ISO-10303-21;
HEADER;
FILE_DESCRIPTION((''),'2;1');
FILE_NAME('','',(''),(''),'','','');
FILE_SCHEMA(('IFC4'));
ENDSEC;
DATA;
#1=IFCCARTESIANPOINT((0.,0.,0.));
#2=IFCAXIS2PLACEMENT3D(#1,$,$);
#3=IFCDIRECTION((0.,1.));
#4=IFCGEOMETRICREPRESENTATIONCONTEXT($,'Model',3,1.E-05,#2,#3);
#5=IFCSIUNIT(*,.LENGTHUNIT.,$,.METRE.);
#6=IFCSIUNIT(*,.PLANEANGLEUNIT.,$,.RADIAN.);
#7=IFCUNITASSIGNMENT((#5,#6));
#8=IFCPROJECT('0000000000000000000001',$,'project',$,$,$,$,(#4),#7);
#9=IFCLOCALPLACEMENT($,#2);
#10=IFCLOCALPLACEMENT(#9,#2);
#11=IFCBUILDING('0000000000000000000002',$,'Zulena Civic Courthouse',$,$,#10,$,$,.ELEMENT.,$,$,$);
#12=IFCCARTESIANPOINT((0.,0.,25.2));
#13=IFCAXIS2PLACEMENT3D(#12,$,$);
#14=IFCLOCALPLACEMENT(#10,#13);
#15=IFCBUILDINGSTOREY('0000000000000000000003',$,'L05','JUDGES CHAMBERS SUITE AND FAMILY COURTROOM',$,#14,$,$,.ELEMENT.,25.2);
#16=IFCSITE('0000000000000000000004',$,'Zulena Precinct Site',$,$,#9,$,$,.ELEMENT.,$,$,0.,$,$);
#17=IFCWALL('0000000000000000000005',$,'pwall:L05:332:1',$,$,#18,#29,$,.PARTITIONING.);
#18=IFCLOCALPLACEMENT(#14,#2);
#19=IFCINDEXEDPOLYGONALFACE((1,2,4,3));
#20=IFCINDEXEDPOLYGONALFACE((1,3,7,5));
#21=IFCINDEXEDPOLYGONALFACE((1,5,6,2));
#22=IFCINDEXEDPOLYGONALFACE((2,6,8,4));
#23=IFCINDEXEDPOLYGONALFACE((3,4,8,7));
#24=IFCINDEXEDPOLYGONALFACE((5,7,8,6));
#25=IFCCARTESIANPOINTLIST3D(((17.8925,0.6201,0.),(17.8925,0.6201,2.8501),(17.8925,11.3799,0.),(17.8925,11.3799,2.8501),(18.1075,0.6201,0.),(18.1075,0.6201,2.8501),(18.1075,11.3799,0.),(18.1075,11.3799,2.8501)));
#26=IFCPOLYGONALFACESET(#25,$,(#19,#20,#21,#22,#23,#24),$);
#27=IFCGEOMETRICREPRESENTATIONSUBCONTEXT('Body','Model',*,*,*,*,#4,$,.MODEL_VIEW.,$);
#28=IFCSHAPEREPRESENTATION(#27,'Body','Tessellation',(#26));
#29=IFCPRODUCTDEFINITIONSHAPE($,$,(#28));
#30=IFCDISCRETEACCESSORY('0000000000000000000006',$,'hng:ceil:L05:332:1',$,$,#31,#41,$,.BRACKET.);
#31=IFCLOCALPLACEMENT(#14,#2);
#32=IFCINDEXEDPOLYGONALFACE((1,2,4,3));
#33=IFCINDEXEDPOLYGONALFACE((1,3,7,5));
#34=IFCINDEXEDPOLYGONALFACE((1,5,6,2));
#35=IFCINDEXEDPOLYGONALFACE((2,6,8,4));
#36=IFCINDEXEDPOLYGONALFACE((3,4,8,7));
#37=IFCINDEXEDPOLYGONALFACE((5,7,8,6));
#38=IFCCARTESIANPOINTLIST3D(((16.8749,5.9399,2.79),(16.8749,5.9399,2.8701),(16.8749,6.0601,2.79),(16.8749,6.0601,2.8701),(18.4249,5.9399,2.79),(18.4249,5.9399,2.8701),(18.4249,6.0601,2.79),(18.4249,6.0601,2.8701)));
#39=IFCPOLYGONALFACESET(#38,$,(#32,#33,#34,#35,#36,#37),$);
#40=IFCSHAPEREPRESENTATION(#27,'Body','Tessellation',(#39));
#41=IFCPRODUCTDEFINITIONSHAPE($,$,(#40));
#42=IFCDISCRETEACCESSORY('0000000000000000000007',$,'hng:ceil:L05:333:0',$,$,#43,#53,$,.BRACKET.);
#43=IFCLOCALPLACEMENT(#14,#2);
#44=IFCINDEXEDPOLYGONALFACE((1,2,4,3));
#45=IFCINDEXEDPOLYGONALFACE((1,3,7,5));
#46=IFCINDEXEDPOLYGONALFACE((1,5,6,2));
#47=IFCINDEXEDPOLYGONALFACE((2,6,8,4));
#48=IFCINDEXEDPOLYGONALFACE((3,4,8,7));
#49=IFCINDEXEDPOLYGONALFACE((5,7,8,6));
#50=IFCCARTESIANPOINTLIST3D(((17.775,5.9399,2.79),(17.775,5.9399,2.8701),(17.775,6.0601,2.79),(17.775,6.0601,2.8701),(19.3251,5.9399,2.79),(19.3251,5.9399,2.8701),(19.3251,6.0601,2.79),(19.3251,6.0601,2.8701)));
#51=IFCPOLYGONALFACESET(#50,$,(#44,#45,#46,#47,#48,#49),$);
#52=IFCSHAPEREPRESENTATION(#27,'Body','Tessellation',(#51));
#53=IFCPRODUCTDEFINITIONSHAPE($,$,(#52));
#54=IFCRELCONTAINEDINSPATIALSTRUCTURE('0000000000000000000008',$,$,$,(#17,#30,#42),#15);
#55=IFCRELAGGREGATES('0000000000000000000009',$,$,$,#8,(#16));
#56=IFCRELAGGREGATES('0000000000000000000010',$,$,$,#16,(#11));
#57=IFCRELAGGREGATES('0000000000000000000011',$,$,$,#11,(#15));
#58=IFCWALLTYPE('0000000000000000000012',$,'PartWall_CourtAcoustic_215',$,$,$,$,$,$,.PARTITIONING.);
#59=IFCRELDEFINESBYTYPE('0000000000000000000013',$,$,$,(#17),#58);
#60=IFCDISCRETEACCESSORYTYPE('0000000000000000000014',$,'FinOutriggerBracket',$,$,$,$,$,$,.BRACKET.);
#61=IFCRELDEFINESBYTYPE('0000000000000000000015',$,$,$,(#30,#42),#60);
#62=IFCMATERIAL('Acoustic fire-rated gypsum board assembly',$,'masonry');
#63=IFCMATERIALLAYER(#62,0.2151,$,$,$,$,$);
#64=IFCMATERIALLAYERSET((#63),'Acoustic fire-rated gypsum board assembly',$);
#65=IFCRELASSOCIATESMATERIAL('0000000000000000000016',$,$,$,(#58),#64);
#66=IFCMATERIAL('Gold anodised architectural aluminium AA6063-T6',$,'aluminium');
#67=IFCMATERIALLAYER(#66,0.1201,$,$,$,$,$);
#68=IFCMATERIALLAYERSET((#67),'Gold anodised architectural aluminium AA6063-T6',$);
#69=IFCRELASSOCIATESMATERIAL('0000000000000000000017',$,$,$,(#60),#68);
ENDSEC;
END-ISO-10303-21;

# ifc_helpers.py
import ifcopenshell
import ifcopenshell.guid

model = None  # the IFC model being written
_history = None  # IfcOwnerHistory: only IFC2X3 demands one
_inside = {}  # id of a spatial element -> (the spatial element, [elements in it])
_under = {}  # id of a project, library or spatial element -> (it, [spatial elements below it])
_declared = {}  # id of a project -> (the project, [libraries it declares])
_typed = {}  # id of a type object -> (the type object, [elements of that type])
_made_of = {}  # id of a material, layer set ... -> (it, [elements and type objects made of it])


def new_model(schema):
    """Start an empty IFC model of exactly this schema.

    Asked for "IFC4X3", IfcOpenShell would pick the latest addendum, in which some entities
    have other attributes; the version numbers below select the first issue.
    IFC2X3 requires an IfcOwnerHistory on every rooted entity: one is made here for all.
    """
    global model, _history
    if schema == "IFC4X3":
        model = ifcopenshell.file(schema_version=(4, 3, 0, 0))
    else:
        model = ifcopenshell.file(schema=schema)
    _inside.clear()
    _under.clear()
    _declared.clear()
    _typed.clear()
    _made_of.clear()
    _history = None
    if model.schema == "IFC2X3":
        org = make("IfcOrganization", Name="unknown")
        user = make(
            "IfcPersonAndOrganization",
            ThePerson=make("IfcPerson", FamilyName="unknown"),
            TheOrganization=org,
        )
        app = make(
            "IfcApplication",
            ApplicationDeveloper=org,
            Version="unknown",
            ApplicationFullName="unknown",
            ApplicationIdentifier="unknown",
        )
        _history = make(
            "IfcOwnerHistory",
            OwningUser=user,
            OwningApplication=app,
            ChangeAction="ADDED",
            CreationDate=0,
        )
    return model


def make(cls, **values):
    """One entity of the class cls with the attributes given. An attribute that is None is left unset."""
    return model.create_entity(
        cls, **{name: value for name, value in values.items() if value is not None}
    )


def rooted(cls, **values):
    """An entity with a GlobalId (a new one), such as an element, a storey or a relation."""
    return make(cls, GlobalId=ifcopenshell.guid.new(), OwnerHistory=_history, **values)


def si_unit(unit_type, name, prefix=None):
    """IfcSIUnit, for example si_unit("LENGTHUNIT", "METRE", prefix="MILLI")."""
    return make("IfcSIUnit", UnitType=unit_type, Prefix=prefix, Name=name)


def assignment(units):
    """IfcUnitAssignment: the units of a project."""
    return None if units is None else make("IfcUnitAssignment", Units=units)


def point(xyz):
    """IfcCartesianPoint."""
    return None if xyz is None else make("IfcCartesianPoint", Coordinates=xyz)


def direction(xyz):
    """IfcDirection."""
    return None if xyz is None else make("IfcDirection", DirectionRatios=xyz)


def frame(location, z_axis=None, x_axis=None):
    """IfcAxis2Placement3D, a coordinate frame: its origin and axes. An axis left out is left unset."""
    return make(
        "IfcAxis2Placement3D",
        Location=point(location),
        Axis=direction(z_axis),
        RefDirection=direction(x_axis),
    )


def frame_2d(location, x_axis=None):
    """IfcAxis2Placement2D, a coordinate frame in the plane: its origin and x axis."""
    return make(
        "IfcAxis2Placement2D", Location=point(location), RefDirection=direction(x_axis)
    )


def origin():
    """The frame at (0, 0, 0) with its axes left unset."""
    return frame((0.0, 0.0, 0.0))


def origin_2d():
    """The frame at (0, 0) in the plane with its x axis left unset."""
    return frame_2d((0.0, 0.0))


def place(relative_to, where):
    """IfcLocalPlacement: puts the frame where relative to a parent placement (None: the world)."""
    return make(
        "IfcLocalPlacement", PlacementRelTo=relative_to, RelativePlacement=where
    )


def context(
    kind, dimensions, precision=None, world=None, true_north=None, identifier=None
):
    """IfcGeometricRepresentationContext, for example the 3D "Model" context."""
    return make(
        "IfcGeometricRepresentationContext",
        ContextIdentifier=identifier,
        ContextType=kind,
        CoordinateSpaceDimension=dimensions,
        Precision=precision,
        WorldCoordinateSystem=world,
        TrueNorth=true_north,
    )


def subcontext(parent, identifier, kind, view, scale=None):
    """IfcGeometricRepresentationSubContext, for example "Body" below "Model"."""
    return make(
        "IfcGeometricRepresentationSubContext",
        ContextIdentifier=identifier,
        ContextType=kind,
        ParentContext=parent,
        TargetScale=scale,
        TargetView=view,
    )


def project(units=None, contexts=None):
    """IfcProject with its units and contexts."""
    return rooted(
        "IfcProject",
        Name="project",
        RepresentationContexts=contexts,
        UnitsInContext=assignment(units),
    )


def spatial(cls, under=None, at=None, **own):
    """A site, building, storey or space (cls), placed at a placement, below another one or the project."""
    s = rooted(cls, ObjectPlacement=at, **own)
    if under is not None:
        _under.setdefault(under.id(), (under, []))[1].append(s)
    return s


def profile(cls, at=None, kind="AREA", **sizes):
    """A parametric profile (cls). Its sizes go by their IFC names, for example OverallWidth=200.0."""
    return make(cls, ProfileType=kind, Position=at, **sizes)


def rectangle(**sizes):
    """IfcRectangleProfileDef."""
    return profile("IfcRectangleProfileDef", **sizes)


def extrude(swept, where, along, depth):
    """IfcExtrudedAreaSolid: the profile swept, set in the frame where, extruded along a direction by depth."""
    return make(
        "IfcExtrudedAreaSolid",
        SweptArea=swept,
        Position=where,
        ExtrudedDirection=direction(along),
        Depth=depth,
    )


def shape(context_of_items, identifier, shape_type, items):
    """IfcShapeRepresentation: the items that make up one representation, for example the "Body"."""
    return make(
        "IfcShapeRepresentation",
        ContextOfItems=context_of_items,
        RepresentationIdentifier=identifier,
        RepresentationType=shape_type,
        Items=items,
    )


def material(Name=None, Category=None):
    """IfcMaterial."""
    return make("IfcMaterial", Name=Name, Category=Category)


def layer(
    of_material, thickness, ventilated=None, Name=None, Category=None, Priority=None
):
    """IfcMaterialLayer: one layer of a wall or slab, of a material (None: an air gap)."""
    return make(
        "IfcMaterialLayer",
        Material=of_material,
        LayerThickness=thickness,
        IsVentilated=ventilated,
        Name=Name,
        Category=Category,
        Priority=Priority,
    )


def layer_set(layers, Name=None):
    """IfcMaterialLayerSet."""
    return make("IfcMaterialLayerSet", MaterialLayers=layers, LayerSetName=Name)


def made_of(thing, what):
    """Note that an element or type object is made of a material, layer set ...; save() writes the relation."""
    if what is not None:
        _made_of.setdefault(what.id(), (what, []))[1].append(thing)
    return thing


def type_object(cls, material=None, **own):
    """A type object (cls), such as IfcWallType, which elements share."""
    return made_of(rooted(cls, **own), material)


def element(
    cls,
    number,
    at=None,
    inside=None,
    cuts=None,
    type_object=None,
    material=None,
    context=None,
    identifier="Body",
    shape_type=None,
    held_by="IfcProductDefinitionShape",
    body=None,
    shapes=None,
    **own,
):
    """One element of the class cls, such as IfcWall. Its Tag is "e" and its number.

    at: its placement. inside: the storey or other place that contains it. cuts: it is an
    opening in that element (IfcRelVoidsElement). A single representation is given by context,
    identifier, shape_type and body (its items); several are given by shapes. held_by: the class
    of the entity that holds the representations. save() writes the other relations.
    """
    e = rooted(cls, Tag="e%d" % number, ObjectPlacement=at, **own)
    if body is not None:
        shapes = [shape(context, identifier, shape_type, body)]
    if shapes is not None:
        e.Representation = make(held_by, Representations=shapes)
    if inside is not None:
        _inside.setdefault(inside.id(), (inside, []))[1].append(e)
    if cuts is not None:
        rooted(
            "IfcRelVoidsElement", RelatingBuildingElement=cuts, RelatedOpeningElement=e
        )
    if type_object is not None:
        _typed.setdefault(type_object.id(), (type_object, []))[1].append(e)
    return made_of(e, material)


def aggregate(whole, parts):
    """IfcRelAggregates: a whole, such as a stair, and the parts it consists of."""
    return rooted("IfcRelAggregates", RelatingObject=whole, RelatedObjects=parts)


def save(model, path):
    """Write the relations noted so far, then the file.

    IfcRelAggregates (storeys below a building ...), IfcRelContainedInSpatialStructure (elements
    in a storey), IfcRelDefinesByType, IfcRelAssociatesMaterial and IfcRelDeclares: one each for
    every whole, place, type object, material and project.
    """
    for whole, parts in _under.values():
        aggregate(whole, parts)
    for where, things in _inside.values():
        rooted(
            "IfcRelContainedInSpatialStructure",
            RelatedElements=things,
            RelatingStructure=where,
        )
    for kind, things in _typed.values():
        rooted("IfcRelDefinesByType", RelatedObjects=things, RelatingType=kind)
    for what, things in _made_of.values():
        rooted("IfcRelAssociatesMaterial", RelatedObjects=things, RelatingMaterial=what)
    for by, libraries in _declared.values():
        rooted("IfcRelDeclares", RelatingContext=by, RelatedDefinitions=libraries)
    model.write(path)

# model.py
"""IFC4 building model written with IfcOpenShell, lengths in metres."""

from ifc_helpers import new_model, si_unit, direction, frame, frame_2d, origin, origin_2d, place, context, subcontext, project, spatial, rectangle, extrude, material, layer, layer_set, type_object, element, save


model = new_model("IFC4")

# Units and contexts
model_context = context("Model", 3, precision=1e-05, world=origin(), true_north=direction((0.0, 1.0)))
body_context = subcontext(model_context, "Body", "Model", "MODEL_VIEW")
ifc_project = project(units=[si_unit("LENGTHUNIT", "METRE"), si_unit("PLANEANGLEUNIT", "RADIAN")], contexts=[model_context])

# Site, building, storey
site_placement = place(None, origin())
site = spatial("IfcSite", under=ifc_project, at=site_placement, Name="Zulena Precinct Site", CompositionType="ELEMENT", RefElevation=0.0)
building_placement = place(site_placement, origin())
building = spatial("IfcBuilding", under=site, at=building_placement, Name="Zulena Civic Courthouse", CompositionType="ELEMENT")
storey_placement = place(building_placement, frame((0.0, 0.0, 25.2)))
storey = spatial("IfcBuildingStorey", under=building, at=storey_placement, Name="L05", Description="JUDGES CHAMBERS SUITE AND FAMILY COURTROOM", CompositionType="ELEMENT", Elevation=25.2)

# Wall
ifc_material_1 = material(Name="Acoustic fire-rated gypsum board assembly", Category="masonry")
ifc_layer_1 = layer(ifc_material_1, 0.2151)
ifc_layer_set_1 = layer_set([ifc_layer_1], Name="Acoustic fire-rated gypsum board assembly")
wall_type = type_object("IfcWallType", Name="PartWall_CourtAcoustic_215", PredefinedType="PARTITIONING", material=ifc_layer_set_1)
wall_placement = place(storey_placement, frame((18.0, 0.6201, 0.0), z_axis=(0.0, 0.0, 1.0), x_axis=(0.0, 1.0, 0.0)))
element("IfcWall", 1, at=wall_placement, inside=storey, type_object=wall_type, Name="pwall:L05:332:1", PredefinedType="PARTITIONING", context=body_context, shape_type="SweptSolid", body=[
    extrude(rectangle(XDim=10.7598, YDim=0.2151, at=frame_2d((5.3799, 0.0))), origin(), (0.0, 0.0, 1.0), 2.8501),
])

# Discrete accessories
ifc_material_2 = material(Name="Gold anodised architectural aluminium AA6063-T6", Category="aluminium")
ifc_layer_2 = layer(ifc_material_2, 0.1201)
ifc_layer_set_2 = layer_set([ifc_layer_2], Name="Gold anodised architectural aluminium AA6063-T6")
discrete_accessory_type = type_object("IfcDiscreteAccessoryType", Name="FinOutriggerBracket", PredefinedType="BRACKET", material=ifc_layer_set_2)
for number, where, z_axis, x_axis, name in (
    (2, (17.6499, 6.0, 2.79), (0.0, 0.0, 1.0), (1.0, 0.0, 0.0), "hng:ceil:L05:332:1"),
    (3, (18.55, 6.0, 2.79), (0.0, 0.0, 1.0), (1.0, 0.0, 0.0), "hng:ceil:L05:333:0"),
):
    element("IfcDiscreteAccessory", number, at=place(storey_placement, frame(where, z_axis=z_axis, x_axis=x_axis)), inside=storey, type_object=discrete_accessory_type, Name=name, PredefinedType="BRACKET", context=body_context, shape_type="SweptSolid", body=[
        extrude(rectangle(XDim=1.55, YDim=0.1201, at=origin_2d()), origin(), (0.0, 0.0, 1.0), 0.0801),
    ])

save(model, "model.ifc")
